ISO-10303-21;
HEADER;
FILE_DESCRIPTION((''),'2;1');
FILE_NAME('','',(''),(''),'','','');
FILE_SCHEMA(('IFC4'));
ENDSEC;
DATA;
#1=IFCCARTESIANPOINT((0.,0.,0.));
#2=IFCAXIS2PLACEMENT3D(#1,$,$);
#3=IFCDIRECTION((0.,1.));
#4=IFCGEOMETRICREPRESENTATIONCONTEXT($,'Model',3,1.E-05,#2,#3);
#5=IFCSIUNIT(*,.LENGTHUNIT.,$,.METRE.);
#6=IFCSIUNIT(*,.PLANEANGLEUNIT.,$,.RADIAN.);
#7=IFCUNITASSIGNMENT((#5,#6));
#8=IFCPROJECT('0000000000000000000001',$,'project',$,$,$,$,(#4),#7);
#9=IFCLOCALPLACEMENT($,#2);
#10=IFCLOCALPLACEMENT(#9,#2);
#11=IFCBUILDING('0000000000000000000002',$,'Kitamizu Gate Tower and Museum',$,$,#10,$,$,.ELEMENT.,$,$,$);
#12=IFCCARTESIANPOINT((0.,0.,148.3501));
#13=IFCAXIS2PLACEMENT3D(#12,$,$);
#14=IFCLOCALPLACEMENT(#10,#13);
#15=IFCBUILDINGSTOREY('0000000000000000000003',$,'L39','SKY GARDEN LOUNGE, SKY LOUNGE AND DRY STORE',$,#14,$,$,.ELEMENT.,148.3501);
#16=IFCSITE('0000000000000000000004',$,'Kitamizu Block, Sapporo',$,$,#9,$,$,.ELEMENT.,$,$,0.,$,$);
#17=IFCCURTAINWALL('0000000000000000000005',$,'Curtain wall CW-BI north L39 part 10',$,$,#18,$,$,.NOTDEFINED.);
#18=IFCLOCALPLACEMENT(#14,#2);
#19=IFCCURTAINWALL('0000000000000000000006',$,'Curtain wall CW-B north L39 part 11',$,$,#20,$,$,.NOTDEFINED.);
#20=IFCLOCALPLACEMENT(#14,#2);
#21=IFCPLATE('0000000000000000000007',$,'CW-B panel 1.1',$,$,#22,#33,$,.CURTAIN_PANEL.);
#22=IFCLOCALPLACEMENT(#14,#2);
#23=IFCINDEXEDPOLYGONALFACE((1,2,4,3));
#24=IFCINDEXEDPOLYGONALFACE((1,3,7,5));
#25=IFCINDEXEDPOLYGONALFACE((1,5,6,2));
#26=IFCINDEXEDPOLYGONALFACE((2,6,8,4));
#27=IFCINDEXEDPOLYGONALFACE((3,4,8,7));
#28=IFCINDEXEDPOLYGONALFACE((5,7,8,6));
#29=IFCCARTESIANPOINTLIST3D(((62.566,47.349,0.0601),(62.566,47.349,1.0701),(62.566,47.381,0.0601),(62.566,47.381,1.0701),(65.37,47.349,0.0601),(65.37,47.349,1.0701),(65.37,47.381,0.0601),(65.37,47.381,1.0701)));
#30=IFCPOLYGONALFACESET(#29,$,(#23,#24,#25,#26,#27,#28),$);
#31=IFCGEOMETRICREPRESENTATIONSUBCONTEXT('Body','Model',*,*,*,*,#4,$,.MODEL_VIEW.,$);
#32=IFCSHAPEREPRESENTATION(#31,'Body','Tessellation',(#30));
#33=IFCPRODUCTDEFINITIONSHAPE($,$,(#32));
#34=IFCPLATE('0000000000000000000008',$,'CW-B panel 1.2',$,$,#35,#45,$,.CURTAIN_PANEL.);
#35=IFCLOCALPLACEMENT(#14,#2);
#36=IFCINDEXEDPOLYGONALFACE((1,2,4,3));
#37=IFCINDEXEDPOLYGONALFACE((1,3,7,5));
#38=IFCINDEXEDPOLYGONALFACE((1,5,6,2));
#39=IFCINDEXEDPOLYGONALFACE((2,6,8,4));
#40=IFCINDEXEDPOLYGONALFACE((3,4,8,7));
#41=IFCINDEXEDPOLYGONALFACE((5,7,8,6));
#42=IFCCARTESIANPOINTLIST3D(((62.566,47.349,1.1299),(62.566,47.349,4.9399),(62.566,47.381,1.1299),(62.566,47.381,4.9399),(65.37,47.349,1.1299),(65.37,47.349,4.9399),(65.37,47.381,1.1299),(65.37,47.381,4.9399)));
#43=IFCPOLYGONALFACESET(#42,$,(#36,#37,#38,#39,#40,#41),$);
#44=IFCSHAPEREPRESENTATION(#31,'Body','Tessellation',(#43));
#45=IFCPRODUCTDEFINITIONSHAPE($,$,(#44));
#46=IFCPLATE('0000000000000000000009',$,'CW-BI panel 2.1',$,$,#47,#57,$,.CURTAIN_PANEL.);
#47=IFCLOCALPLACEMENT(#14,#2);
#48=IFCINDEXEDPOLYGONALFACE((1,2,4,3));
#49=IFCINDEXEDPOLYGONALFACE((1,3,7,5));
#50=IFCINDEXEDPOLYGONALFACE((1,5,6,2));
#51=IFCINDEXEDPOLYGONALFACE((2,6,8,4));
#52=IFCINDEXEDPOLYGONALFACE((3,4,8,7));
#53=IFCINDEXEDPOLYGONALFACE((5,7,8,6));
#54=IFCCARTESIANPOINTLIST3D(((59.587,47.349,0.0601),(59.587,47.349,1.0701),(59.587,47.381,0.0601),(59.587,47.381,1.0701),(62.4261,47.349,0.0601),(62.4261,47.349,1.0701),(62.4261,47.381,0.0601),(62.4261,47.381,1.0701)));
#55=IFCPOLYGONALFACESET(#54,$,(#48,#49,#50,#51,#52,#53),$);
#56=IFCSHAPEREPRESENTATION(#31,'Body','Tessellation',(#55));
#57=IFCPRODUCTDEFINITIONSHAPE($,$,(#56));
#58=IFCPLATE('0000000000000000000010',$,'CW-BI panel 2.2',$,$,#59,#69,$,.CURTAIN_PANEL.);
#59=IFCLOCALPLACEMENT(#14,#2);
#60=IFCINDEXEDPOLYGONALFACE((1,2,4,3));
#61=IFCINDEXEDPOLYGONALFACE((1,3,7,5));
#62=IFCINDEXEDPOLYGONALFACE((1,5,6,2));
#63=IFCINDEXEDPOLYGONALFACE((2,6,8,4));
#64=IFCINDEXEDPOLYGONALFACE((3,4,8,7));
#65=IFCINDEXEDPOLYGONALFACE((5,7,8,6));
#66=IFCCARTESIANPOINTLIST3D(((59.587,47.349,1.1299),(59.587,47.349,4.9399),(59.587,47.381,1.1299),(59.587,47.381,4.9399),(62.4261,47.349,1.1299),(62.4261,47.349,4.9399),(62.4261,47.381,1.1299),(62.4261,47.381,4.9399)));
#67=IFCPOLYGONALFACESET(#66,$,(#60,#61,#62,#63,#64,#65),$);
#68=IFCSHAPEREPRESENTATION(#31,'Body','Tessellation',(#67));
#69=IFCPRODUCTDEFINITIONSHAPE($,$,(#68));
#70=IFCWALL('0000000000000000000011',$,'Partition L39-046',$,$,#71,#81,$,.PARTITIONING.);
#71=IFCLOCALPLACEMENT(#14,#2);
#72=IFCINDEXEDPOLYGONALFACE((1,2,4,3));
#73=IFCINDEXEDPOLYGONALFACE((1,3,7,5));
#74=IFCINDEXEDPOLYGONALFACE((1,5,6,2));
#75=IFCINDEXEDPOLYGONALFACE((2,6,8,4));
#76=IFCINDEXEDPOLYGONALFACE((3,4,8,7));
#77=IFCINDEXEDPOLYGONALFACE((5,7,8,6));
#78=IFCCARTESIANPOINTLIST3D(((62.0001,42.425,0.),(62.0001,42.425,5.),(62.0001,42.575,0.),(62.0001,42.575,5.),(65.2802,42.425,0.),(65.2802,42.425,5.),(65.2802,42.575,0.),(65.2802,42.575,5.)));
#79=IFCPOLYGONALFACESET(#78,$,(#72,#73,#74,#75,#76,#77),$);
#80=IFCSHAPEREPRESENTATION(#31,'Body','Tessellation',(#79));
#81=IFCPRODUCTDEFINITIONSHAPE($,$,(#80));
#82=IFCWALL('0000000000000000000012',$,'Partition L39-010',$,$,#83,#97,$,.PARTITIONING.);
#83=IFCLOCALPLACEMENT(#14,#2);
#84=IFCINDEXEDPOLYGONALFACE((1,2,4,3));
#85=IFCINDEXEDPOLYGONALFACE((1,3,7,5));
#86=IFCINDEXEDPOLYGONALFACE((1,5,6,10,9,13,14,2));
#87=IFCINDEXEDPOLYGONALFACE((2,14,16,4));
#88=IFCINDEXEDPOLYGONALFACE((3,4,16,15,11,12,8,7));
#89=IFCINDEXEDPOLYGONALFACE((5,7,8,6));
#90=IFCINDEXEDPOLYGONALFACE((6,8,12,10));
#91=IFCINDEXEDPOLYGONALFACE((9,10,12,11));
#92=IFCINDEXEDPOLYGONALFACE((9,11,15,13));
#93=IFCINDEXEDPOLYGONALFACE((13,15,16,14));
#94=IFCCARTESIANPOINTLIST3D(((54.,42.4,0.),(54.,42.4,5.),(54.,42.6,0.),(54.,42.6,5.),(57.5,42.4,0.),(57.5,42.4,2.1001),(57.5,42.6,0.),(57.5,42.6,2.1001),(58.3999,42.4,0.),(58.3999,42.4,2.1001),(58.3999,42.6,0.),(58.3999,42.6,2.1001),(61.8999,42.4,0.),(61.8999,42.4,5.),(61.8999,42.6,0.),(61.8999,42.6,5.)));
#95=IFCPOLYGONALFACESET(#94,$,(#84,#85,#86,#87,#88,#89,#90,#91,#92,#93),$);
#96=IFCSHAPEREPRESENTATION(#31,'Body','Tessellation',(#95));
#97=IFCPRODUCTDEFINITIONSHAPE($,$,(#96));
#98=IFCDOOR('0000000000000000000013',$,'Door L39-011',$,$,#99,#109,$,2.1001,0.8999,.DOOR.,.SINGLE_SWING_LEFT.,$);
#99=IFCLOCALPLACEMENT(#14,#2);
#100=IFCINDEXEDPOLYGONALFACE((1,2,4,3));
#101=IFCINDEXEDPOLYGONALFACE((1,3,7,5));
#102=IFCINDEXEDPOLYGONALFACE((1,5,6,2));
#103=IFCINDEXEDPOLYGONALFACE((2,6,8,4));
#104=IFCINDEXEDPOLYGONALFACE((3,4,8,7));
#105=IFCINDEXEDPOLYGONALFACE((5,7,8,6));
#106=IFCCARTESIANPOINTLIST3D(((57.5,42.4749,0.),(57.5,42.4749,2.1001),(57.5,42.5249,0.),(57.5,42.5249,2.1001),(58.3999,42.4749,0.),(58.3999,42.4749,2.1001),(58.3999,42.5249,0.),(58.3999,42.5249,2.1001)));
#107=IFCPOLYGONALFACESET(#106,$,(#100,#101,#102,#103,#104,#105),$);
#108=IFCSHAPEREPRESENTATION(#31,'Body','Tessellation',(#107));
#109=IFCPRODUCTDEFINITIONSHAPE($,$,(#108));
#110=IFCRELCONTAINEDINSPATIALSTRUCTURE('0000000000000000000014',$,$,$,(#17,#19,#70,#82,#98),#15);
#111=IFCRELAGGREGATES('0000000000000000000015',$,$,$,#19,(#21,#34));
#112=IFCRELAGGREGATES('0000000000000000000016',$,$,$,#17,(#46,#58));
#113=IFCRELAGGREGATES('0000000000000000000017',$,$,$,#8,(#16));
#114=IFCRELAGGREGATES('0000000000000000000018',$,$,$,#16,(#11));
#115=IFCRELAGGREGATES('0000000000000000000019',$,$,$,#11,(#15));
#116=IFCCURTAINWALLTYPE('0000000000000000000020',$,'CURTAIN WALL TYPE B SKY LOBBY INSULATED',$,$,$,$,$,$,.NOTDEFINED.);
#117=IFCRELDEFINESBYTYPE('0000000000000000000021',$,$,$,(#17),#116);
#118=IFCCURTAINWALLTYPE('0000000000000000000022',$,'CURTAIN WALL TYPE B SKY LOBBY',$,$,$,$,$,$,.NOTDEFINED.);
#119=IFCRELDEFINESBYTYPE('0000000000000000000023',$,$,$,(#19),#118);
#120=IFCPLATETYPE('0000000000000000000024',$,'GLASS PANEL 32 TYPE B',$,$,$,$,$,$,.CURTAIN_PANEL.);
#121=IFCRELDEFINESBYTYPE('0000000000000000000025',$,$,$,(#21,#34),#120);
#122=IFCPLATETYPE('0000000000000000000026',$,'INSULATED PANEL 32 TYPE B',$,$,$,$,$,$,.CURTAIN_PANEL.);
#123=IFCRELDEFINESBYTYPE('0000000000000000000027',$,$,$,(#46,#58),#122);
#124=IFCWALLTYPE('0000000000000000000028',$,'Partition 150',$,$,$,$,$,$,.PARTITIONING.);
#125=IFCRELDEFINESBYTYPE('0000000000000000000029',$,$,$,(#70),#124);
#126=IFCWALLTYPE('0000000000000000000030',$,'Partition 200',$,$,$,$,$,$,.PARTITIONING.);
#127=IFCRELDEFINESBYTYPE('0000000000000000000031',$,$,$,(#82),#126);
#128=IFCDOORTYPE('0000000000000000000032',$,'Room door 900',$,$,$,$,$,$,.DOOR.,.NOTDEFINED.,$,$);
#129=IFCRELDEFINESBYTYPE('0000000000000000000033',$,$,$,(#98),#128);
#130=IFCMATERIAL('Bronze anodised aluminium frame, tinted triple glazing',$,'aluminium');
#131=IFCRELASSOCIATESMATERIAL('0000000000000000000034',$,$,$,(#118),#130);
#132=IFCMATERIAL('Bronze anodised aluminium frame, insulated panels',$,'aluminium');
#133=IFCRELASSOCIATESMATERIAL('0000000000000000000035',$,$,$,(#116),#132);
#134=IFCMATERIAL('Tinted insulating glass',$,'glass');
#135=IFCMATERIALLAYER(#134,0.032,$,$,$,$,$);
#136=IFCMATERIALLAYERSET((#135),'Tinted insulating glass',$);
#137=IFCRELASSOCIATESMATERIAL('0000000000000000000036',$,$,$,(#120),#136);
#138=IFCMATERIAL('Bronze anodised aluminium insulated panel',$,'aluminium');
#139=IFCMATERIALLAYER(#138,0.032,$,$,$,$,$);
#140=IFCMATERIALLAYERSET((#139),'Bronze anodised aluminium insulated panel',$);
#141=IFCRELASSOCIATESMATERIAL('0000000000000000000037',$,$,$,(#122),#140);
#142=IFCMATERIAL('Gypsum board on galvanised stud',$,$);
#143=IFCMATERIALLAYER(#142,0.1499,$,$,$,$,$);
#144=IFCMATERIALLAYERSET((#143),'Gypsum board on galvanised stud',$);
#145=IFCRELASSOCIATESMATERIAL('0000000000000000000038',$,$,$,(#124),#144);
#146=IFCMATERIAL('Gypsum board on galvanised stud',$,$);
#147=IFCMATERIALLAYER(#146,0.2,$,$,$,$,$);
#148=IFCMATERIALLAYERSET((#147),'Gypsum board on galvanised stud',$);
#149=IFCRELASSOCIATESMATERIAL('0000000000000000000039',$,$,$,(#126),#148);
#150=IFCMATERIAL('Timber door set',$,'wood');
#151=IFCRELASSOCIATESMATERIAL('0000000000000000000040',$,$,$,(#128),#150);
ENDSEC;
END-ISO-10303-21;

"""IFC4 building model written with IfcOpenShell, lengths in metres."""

from ifc_helpers import new_model, si_unit, direction, frame, frame_2d, origin, origin_2d, place, context, subcontext, project, spatial, rectangle, extrude, material, layer, layer_set, type_object, element, fill, aggregate, save


model = new_model("IFC4")

# Units and contexts
model_context = context("Model", 3, precision=1e-05, world=origin(), true_north=direction((0.0, 1.0)))
body_context = subcontext(model_context, "Body", "Model", "MODEL_VIEW")
ifc_project = project(units=[si_unit("LENGTHUNIT", "METRE"), si_unit("PLANEANGLEUNIT", "RADIAN")], contexts=[model_context])

# Site, building, storey
site_placement = place(None, origin())
site = spatial("IfcSite", under=ifc_project, at=site_placement, Name="Kitamizu Block, Sapporo", CompositionType="ELEMENT", RefElevation=0.0)
building_placement = place(site_placement, origin())
building = spatial("IfcBuilding", under=site, at=building_placement, Name="Kitamizu Gate Tower and Museum", CompositionType="ELEMENT")
storey_placement = place(building_placement, frame((0.0, 0.0, 148.3501)))
storey = spatial("IfcBuildingStorey", under=building, at=storey_placement, Name="L39", Description="SKY GARDEN LOUNGE, SKY LOUNGE AND DRY STORE", CompositionType="ELEMENT", Elevation=148.3501)

# Shared definitions
ifc_material_1 = material(Name="Bronze anodised aluminium frame, tinted triple glazing", Category="aluminium")
curtain_wall_type_1 = type_object("IfcCurtainWallType", Name="CURTAIN WALL TYPE B SKY LOBBY", PredefinedType="NOTDEFINED", material=ifc_material_1)

# Curtain wall
ifc_material_2 = material(Name="Bronze anodised aluminium frame, insulated panels", Category="aluminium")
curtain_wall_type_2 = type_object("IfcCurtainWallType", Name="CURTAIN WALL TYPE B SKY LOBBY INSULATED", PredefinedType="NOTDEFINED", material=ifc_material_2)
curtain_wall_1_placement = place(storey_placement, origin())
curtain_wall_1 = element("IfcCurtainWall", 1, at=curtain_wall_1_placement, inside=storey, type_object=curtain_wall_type_2, Name="Curtain wall CW-BI north L39 part 10", PredefinedType="NOTDEFINED")

# Curtain wall
curtain_wall_2_placement = place(storey_placement, origin())
curtain_wall_2 = element("IfcCurtainWall", 2, at=curtain_wall_2_placement, inside=storey, type_object=curtain_wall_type_1, Name="Curtain wall CW-B north L39 part 11", PredefinedType="NOTDEFINED")

# Plates
ifc_material_3 = material(Name="Tinted insulating glass", Category="glass")
ifc_layer_1 = layer(ifc_material_3, 0.032)
ifc_layer_set_1 = layer_set([ifc_layer_1], Name="Tinted insulating glass")
plate_type_1 = type_object("IfcPlateType", Name="GLASS PANEL 32 TYPE B", PredefinedType="CURTAIN_PANEL", material=ifc_layer_set_1)
plate_1_placement = place(storey_placement, frame((63.968, 47.365, 0.0601), z_axis=(0.0, 0.0, 1.0), x_axis=(1.0, 0.0, 0.0)))
plate_1 = element("IfcPlate", 3, at=plate_1_placement, type_object=plate_type_1, Name="CW-B panel 1.1", PredefinedType="CURTAIN_PANEL", context=body_context, shape_type="SweptSolid", body=[
    extrude(rectangle(XDim=2.804, YDim=0.032, at=origin_2d()), origin(), (0.0, 0.0, 1.0), 1.01),
])
plate_2_placement = place(storey_placement, frame((63.968, 47.365, 1.1299), z_axis=(0.0, 0.0, 1.0), x_axis=(1.0, 0.0, 0.0)))
plate_2 = element("IfcPlate", 4, at=plate_2_placement, type_object=plate_type_1, Name="CW-B panel 1.2", PredefinedType="CURTAIN_PANEL", context=body_context, shape_type="SweptSolid", body=[
    extrude(rectangle(XDim=2.804, YDim=0.032, at=origin_2d()), origin(), (0.0, 0.0, 1.0), 3.8101),
])
aggregate(curtain_wall_2, [plate_1, plate_2])
ifc_material_4 = material(Name="Bronze anodised aluminium insulated panel", Category="aluminium")
ifc_layer_2 = layer(ifc_material_4, 0.032)
ifc_layer_set_2 = layer_set([ifc_layer_2], Name="Bronze anodised aluminium insulated panel")
plate_type_2 = type_object("IfcPlateType", Name="INSULATED PANEL 32 TYPE B", PredefinedType="CURTAIN_PANEL", material=ifc_layer_set_2)
plate_3_placement = place(storey_placement, frame((61.0066, 47.365, 0.0601), z_axis=(0.0, 0.0, 1.0), x_axis=(1.0, 0.0, 0.0)))
plate_3 = element("IfcPlate", 5, at=plate_3_placement, type_object=plate_type_2, Name="CW-BI panel 2.1", PredefinedType="CURTAIN_PANEL", context=body_context, shape_type="SweptSolid", body=[
    extrude(rectangle(XDim=2.8391, YDim=0.032, at=origin_2d()), origin(), (0.0, 0.0, 1.0), 1.01),
])
plate_4_placement = place(storey_placement, frame((61.0066, 47.365, 1.1299), z_axis=(0.0, 0.0, 1.0), x_axis=(1.0, 0.0, 0.0)))
plate_4 = element("IfcPlate", 6, at=plate_4_placement, type_object=plate_type_2, Name="CW-BI panel 2.2", PredefinedType="CURTAIN_PANEL", context=body_context, shape_type="SweptSolid", body=[
    extrude(rectangle(XDim=2.8391, YDim=0.032, at=origin_2d()), origin(), (0.0, 0.0, 1.0), 3.8101),
])
aggregate(curtain_wall_1, [plate_3, plate_4])

# Wall
ifc_material_5 = material(Name="Gypsum board on galvanised stud")
ifc_layer_3 = layer(ifc_material_5, 0.1499)
ifc_layer_set_3 = layer_set([ifc_layer_3], Name="Gypsum board on galvanised stud")
wall_type_1 = type_object("IfcWallType", Name="Partition 150", PredefinedType="PARTITIONING", material=ifc_layer_set_3)
wall_1_placement = place(storey_placement, frame((62.0, 42.5, 0.0), z_axis=(0.0, 0.0, 1.0), x_axis=(1.0, 0.0, 0.0)))
element("IfcWall", 7, at=wall_1_placement, inside=storey, type_object=wall_type_1, Name="Partition L39-046", PredefinedType="PARTITIONING", context=body_context, shape_type="SweptSolid", body=[
    extrude(rectangle(XDim=3.28, YDim=0.1499, at=frame_2d((1.6401, 0.0))), origin(), (0.0, 0.0, 1.0), 5.0),
])

# Wall, opening, door
ifc_material_6 = material(Name="Gypsum board on galvanised stud")
ifc_layer_4 = layer(ifc_material_6, 0.2)
ifc_layer_set_4 = layer_set([ifc_layer_4], Name="Gypsum board on galvanised stud")
wall_type_2 = type_object("IfcWallType", Name="Partition 200", PredefinedType="PARTITIONING", material=ifc_layer_set_4)
wall_2_placement = place(storey_placement, frame((61.8999, 42.5, 0.0), z_axis=(0.0, 0.0, 1.0), x_axis=(-1.0, 0.0, 0.0)))
wall_2 = element("IfcWall", 8, at=wall_2_placement, inside=storey, type_object=wall_type_2, Name="Partition L39-010", PredefinedType="PARTITIONING", context=body_context, shape_type="SweptSolid", body=[
    extrude(rectangle(XDim=7.8999, YDim=0.2, at=frame_2d((3.95, 0.0))), origin(), (0.0, 0.0, 1.0), 5.0),
])
opening_placement = place(wall_2_placement, frame((3.5, 0.0, 0.0)))
opening = element("IfcOpeningElement", 9, at=opening_placement, cuts=wall_2, PredefinedType="OPENING", context=body_context, shape_type="SweptSolid", body=[
    extrude(rectangle(XDim=0.8999, YDim=2.1001, at=frame_2d((0.45, 1.05))), frame((0.0, 0.1099, 0.0), z_axis=(0.0, -1.0, 0.0), x_axis=(1.0, 0.0, 0.0)), (0.0, 0.0, 1.0), 0.22),
])
ifc_material_7 = material(Name="Timber door set", Category="wood")
door_type = type_object("IfcDoorType", Name="Room door 900", OperationType="NOTDEFINED", PredefinedType="DOOR", material=ifc_material_7)
door_placement = place(opening_placement, frame((0.8999, 0.0, 0.0), x_axis=(-1.0, 0.0, 0.0)))
door = element("IfcDoor", 10, at=door_placement, inside=storey, type_object=door_type, Name="Door L39-011", OperationType="SINGLE_SWING_LEFT", OverallHeight=2.1001, OverallWidth=0.8999, PredefinedType="DOOR", context=body_context, shape_type="SweptSolid", body=[
    extrude(rectangle(XDim=0.8999, YDim=2.1001, at=frame_2d((0.45, 1.05))), frame((0.0, 0.0249, 0.0), z_axis=(0.0, -1.0, 0.0), x_axis=(1.0, 0.0, 0.0)), (0.0, 0.0, 1.0), 0.05),
])
fill(opening, door)

save(model, "model.ifc")
